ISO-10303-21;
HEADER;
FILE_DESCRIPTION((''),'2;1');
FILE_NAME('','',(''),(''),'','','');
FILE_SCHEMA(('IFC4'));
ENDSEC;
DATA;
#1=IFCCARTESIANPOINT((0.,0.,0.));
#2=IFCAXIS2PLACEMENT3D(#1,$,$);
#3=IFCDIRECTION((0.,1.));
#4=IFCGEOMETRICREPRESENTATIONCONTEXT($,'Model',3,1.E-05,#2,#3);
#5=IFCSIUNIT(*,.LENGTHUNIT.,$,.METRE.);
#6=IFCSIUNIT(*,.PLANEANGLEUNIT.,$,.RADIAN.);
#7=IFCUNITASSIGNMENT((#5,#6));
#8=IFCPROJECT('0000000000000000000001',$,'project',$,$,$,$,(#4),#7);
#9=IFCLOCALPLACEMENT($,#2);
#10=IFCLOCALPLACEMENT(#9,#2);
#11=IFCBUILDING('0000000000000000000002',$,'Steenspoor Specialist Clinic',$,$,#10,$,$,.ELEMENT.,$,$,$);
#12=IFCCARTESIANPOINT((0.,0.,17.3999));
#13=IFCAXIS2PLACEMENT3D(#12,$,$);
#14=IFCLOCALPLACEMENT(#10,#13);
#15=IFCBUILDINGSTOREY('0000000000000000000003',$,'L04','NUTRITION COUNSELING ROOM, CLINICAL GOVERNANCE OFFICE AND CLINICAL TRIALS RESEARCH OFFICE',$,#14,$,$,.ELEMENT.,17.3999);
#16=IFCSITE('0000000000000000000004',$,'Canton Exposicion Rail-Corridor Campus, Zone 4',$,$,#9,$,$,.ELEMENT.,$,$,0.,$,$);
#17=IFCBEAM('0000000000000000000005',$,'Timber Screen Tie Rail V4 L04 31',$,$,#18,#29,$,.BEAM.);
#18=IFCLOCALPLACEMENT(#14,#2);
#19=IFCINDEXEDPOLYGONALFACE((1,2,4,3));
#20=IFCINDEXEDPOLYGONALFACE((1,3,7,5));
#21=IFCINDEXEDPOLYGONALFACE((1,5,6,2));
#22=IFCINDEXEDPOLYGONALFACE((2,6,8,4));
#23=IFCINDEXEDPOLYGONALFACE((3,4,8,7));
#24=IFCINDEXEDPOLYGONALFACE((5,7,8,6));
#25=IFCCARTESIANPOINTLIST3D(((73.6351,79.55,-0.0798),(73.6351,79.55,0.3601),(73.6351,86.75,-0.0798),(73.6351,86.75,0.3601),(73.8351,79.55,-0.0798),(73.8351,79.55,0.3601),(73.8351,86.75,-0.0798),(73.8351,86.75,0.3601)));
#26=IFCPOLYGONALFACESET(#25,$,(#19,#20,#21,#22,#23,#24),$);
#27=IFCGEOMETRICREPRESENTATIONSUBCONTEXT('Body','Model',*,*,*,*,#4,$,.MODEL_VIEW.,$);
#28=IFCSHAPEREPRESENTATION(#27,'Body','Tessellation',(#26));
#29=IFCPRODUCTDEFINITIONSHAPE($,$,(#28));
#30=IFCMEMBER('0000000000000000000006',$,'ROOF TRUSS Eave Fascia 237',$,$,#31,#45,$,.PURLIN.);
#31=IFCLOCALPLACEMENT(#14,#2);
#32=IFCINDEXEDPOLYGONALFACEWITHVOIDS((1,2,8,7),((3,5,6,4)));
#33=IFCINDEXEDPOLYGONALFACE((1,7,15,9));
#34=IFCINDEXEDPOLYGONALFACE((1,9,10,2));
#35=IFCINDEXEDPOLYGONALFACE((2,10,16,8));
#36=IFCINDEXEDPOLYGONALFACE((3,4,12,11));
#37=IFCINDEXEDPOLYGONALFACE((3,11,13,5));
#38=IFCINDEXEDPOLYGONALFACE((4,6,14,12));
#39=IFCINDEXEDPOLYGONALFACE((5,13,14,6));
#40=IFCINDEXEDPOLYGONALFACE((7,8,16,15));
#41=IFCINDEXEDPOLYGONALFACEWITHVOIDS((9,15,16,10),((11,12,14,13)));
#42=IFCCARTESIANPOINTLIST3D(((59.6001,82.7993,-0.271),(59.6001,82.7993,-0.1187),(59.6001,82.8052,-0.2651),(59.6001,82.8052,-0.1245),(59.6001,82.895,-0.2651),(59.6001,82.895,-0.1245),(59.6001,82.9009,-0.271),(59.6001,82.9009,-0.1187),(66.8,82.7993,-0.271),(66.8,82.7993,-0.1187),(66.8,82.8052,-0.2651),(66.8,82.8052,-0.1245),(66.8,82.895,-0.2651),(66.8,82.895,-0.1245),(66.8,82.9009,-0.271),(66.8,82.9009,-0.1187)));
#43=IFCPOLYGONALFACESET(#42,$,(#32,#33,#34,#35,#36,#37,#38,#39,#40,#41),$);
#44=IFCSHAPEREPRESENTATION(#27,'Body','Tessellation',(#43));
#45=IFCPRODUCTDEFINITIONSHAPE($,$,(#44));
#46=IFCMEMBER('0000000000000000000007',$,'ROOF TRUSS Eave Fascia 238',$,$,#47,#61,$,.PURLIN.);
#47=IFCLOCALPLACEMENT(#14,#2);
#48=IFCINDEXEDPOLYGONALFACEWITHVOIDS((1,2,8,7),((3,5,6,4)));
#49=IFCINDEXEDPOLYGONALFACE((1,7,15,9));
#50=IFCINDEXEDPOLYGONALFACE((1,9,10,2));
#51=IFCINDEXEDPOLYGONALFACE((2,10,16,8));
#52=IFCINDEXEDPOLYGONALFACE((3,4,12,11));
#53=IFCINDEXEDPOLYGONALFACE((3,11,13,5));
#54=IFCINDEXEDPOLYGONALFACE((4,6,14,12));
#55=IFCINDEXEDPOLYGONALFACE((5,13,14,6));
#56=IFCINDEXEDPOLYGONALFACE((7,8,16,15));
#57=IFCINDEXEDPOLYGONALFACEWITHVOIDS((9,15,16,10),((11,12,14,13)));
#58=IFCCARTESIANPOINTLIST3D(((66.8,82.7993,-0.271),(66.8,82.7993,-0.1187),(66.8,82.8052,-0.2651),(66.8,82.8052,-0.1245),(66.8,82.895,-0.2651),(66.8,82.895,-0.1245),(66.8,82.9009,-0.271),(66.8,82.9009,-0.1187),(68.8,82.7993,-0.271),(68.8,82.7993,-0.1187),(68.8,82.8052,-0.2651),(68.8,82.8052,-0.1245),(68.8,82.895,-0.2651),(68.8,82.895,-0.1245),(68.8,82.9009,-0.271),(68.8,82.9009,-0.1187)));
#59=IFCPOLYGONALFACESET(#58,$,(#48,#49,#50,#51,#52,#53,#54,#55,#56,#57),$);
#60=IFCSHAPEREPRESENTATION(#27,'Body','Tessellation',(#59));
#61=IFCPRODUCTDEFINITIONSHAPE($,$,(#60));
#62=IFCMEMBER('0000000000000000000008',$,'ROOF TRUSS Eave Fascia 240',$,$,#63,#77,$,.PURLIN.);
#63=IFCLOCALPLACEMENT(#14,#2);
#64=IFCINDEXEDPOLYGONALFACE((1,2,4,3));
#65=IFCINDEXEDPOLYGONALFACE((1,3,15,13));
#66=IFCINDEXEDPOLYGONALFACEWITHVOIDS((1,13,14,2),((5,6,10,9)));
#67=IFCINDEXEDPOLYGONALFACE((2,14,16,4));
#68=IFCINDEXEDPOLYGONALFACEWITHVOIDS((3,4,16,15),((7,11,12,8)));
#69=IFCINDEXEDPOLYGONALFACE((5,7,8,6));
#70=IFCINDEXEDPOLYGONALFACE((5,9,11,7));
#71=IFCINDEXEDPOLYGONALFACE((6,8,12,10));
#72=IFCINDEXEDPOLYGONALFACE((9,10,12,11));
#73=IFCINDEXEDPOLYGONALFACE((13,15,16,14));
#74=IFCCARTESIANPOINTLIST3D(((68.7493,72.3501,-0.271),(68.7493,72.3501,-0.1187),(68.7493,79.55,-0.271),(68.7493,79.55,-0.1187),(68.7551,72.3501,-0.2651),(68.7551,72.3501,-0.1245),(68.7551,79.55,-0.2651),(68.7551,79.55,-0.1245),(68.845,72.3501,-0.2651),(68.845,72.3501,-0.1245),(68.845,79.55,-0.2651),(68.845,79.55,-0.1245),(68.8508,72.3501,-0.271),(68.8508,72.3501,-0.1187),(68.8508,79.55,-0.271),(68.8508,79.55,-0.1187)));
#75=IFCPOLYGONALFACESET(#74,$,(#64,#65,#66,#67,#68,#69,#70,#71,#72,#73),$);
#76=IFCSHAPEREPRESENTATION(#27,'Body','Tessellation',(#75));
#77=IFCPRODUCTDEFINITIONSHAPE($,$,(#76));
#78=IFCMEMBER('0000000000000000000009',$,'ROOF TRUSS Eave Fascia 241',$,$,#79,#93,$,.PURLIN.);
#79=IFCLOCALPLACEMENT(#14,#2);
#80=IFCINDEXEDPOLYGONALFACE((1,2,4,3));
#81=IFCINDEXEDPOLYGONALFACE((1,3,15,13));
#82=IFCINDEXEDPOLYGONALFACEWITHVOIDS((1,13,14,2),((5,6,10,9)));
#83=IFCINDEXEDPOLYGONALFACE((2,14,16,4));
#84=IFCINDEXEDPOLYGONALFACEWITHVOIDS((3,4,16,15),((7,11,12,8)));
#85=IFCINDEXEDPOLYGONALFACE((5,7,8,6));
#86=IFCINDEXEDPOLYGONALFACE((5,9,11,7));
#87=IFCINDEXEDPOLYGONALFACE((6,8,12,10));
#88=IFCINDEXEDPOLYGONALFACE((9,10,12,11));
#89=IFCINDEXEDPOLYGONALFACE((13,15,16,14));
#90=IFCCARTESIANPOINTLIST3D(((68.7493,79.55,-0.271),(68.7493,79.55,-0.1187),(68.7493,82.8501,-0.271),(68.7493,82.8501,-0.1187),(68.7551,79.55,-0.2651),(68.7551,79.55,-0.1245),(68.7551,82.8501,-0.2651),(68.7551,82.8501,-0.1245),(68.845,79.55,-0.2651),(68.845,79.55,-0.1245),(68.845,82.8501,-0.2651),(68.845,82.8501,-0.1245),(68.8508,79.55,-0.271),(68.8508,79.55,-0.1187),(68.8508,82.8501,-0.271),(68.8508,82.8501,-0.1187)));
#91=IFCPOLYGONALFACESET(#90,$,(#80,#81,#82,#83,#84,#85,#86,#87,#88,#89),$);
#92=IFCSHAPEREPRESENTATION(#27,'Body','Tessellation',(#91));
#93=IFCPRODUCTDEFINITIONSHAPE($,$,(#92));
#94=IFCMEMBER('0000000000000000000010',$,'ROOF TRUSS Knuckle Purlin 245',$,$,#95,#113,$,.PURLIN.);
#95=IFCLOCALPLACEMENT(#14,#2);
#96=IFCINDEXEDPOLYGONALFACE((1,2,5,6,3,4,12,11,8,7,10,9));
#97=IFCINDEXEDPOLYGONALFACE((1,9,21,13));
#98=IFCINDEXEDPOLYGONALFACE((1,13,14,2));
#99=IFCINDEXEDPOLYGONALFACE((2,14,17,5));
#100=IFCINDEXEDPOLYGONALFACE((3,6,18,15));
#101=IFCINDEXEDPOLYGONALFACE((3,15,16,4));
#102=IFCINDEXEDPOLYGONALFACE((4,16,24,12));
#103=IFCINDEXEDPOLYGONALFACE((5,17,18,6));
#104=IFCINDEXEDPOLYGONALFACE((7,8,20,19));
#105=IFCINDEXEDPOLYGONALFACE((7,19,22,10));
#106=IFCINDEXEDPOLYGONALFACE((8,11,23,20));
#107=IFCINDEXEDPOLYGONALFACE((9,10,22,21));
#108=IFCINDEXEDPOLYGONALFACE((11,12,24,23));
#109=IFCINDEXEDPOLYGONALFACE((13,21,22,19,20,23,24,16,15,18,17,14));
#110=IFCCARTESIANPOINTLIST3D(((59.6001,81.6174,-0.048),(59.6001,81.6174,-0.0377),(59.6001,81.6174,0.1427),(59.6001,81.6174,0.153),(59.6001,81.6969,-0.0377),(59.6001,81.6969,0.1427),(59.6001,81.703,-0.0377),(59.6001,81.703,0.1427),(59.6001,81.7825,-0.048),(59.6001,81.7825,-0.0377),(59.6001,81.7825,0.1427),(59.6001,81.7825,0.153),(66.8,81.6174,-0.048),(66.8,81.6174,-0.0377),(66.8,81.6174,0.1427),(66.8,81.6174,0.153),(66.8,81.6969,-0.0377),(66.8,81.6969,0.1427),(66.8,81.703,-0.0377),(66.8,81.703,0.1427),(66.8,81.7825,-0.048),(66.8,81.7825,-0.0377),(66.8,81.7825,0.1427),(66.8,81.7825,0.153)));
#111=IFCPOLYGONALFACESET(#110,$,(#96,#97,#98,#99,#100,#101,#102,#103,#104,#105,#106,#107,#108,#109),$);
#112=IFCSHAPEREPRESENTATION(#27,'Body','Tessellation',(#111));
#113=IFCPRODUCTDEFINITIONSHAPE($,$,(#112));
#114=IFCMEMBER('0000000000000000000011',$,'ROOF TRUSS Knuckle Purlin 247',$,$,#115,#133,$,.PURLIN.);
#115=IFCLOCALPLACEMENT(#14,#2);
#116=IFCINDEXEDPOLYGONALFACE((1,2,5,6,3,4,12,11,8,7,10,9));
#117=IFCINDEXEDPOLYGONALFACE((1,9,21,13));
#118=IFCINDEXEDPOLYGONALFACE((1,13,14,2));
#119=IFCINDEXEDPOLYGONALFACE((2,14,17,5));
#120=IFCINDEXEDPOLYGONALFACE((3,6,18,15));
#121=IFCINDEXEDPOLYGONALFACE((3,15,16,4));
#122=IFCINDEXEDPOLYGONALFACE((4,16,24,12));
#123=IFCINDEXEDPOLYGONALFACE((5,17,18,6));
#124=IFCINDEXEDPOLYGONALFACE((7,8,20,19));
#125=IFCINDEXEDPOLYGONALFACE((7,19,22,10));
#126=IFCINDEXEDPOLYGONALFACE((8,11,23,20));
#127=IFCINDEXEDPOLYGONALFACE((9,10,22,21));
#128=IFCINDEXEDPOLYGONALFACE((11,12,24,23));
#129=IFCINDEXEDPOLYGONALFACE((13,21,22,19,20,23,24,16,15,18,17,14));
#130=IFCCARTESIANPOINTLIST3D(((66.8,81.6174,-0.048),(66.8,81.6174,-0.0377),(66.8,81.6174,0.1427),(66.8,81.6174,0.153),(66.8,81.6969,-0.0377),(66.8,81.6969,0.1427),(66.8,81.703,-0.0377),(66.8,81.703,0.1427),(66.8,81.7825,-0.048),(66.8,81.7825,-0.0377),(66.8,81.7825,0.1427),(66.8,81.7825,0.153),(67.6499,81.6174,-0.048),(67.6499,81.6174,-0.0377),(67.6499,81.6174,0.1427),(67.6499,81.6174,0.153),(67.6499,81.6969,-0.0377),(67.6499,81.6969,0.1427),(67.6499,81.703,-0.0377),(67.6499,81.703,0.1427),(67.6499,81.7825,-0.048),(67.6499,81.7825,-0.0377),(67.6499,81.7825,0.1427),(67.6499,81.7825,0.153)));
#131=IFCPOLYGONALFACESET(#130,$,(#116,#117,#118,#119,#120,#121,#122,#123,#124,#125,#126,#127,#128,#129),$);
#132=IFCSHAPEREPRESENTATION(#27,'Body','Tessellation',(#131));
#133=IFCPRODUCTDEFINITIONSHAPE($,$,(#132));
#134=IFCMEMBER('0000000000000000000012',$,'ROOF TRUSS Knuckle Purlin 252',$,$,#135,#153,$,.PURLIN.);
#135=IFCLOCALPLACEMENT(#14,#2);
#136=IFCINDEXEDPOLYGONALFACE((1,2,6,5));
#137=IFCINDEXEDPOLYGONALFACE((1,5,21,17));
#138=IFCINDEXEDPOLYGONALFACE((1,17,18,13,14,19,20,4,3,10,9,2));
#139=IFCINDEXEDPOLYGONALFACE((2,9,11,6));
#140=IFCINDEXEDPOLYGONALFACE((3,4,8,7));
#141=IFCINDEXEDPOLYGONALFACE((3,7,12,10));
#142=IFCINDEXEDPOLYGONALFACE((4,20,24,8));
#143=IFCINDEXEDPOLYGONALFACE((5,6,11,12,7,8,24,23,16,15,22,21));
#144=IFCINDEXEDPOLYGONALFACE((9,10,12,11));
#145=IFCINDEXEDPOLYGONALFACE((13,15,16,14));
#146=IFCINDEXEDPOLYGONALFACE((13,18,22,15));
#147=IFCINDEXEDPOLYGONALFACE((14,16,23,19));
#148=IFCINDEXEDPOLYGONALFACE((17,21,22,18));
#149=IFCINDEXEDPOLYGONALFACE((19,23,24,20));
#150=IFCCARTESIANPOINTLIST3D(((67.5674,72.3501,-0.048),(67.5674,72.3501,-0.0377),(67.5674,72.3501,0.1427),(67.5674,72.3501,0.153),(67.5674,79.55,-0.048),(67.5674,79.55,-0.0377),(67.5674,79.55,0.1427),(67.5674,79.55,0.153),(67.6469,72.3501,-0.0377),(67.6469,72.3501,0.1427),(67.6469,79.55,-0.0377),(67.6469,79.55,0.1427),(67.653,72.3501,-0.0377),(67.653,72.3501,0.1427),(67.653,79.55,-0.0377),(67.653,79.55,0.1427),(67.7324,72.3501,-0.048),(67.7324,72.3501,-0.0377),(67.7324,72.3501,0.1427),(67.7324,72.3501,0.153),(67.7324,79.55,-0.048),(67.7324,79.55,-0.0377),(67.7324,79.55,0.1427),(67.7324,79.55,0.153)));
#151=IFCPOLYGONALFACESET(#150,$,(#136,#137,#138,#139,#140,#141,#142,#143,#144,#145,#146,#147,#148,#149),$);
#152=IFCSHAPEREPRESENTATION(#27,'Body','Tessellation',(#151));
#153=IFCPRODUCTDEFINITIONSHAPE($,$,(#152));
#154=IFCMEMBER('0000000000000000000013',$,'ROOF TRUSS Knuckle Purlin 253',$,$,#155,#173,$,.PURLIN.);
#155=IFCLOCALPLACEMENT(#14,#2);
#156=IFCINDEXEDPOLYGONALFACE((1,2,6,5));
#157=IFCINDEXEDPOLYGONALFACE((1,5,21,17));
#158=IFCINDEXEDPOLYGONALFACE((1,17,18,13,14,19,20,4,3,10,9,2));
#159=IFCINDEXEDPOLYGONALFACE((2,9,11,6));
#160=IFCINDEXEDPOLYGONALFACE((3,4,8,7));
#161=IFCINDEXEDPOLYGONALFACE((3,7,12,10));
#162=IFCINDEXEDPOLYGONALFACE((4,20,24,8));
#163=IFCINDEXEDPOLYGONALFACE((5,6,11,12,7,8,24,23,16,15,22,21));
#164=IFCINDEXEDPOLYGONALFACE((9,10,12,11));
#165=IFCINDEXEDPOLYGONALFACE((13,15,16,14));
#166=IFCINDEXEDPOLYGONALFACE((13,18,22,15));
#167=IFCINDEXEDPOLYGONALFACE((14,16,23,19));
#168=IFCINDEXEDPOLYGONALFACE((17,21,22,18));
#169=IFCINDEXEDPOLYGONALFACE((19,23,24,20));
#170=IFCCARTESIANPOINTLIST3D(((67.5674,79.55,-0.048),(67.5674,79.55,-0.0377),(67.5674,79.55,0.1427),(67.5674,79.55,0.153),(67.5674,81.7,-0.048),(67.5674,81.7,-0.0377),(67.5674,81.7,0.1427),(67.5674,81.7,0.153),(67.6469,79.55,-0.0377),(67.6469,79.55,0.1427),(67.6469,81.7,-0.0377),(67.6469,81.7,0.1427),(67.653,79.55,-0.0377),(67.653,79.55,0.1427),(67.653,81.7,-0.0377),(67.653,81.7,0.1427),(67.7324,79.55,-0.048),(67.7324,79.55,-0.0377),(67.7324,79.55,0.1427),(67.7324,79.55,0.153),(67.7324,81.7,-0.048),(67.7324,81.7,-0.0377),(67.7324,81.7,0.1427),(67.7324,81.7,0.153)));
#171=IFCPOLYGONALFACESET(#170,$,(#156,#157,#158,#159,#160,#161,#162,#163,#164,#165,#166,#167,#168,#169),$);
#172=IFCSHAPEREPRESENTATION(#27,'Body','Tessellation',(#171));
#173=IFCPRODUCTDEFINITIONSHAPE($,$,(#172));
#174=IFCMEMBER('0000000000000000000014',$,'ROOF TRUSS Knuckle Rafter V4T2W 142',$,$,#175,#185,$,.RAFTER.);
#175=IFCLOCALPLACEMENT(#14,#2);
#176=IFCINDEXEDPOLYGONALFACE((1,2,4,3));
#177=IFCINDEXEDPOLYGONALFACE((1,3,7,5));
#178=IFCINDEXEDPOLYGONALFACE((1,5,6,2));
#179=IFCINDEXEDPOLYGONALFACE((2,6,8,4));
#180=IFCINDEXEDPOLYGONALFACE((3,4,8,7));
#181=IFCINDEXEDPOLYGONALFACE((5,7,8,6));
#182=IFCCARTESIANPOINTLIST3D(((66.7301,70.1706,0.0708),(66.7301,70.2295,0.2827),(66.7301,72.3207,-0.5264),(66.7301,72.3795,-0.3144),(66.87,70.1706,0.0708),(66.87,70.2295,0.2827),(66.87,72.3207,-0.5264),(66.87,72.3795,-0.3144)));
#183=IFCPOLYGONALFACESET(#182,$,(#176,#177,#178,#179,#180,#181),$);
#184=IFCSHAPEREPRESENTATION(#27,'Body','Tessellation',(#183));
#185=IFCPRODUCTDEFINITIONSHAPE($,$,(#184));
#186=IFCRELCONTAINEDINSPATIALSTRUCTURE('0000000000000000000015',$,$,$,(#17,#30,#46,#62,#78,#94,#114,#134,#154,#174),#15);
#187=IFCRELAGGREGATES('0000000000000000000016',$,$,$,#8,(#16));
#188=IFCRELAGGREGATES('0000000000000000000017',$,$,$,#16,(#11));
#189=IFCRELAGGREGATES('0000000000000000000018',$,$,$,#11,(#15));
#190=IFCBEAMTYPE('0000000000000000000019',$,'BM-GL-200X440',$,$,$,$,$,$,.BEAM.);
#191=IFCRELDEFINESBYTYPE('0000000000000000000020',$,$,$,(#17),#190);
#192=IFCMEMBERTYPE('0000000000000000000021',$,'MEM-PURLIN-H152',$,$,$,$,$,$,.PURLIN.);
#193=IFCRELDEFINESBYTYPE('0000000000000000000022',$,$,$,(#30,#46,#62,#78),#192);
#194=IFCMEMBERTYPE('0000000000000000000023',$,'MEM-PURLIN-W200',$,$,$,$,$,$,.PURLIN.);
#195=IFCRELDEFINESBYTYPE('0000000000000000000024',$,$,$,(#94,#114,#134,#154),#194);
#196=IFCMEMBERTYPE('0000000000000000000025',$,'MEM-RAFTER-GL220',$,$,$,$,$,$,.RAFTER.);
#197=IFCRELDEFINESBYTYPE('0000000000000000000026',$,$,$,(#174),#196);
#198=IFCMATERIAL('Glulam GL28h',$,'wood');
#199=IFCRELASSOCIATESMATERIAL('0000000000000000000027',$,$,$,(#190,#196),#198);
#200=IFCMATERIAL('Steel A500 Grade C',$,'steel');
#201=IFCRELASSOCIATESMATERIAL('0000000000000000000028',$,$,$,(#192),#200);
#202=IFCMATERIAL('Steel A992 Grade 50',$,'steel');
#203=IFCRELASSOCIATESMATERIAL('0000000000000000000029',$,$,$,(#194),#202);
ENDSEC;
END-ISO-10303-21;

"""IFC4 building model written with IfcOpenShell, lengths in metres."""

from ifc_helpers import new_model, si_unit, direction, frame, origin, origin_2d, place, context, subcontext, project, spatial, rectangle, hollow_rectangle, i_section, extrude, material, material_profile, profile_set, type_object, element, save


model = new_model("IFC4")

# Units and contexts
model_context = context("Model", 3, precision=1e-05, world=origin(), true_north=direction((0.0, 1.0)))
body_context = subcontext(model_context, "Body", "Model", "MODEL_VIEW")
ifc_project = project(units=[si_unit("LENGTHUNIT", "METRE"), si_unit("PLANEANGLEUNIT", "RADIAN")], contexts=[model_context])

# Site, building, storey
site_placement = place(None, origin())
site = spatial("IfcSite", under=ifc_project, at=site_placement, Name="Canton Exposicion Rail-Corridor Campus, Zone 4", CompositionType="ELEMENT", RefElevation=0.0)
building_placement = place(site_placement, origin())
building = spatial("IfcBuilding", under=site, at=building_placement, Name="Steenspoor Specialist Clinic", CompositionType="ELEMENT")
storey_placement = place(building_placement, frame((0.0, 0.0, 17.3999)))
storey = spatial("IfcBuildingStorey", under=building, at=storey_placement, Name="L04", Description="NUTRITION COUNSELING ROOM, CLINICAL GOVERNANCE OFFICE AND CLINICAL TRIALS RESEARCH OFFICE", CompositionType="ELEMENT", Elevation=17.3999)

# Beam
ifc_material_1 = material(Name="Glulam GL28h", Category="wood")
ifc_material_profile_1 = material_profile(ifc_material_1, rectangle(XDim=0.2, YDim=0.4399, at=origin_2d()), Name="GL28H-200X440")
ifc_profile_set_1 = profile_set([ifc_material_profile_1], Name="Glulam GL28h")
beam_type = type_object("IfcBeamType", Name="BM-GL-200X440", PredefinedType="BEAM", material=ifc_profile_set_1)
beam_placement = place(storey_placement, frame((73.7351, 79.55, 0.1401), z_axis=(0.0, 1.0, 0.0), x_axis=(-1.0, 0.0, 0.0)))
element("IfcBeam", 1, at=beam_placement, inside=storey, type_object=beam_type, Name="Timber Screen Tie Rail V4 L04 31", PredefinedType="BEAM", context=body_context, shape_type="SweptSolid", body=[
    extrude(rectangle(XDim=0.2, YDim=0.4399, at=origin_2d()), origin(), (0.0, 0.0, 1.0), 7.2),
])

# Members
ifc_material_2 = material(Name="Steel A500 Grade C", Category="steel")
ifc_material_profile_2 = material_profile(ifc_material_2, hollow_rectangle(XDim=0.1016, YDim=0.1523, WallThickness=0.0059, at=origin_2d()), Name="HSS152X102X6.4")
ifc_profile_set_2 = profile_set([ifc_material_profile_2], Name="Steel A500 Grade C")
member_type_1 = type_object("IfcMemberType", Name="MEM-PURLIN-H152", PredefinedType="PURLIN", material=ifc_profile_set_2)
member_1_placement = place(storey_placement, frame((59.6001, 82.8501, -0.1948), z_axis=(1.0, 0.0, 0.0), x_axis=(0.0, 1.0, 0.0)))
element("IfcMember", 2, at=member_1_placement, inside=storey, type_object=member_type_1, Name="ROOF TRUSS Eave Fascia 237", PredefinedType="PURLIN", context=body_context, shape_type="SweptSolid", body=[
    extrude(hollow_rectangle(XDim=0.1016, YDim=0.1523, WallThickness=0.0059, at=origin_2d()), origin(), (0.0, 0.0, 1.0), 7.2),
])
member_2_placement = place(storey_placement, frame((66.8, 82.8501, -0.1948), z_axis=(1.0, 0.0, 0.0), x_axis=(0.0, 1.0, 0.0)))
element("IfcMember", 3, at=member_2_placement, inside=storey, type_object=member_type_1, Name="ROOF TRUSS Eave Fascia 238", PredefinedType="PURLIN", context=body_context, shape_type="SweptSolid", body=[
    extrude(hollow_rectangle(XDim=0.1016, YDim=0.1523, WallThickness=0.0059, at=origin_2d()), origin(), (0.0, 0.0, 1.0), 2.0),
])
member_3_placement = place(storey_placement, frame((68.8, 72.3501, -0.1948), z_axis=(0.0, 1.0, 0.0), x_axis=(-1.0, 0.0, 0.0)))
element("IfcMember", 4, at=member_3_placement, inside=storey, type_object=member_type_1, Name="ROOF TRUSS Eave Fascia 240", PredefinedType="PURLIN", context=body_context, shape_type="SweptSolid", body=[
    extrude(hollow_rectangle(XDim=0.1016, YDim=0.1523, WallThickness=0.0059, at=origin_2d()), origin(), (0.0, 0.0, 1.0), 7.2),
])
member_4_placement = place(storey_placement, frame((68.8, 79.55, -0.1948), z_axis=(0.0, 1.0, 0.0), x_axis=(-1.0, 0.0, 0.0)))
element("IfcMember", 5, at=member_4_placement, inside=storey, type_object=member_type_1, Name="ROOF TRUSS Eave Fascia 241", PredefinedType="PURLIN", context=body_context, shape_type="SweptSolid", body=[
    extrude(hollow_rectangle(XDim=0.1016, YDim=0.1523, WallThickness=0.0059, at=origin_2d()), origin(), (0.0, 0.0, 1.0), 3.3),
])
ifc_material_3 = material(Name="Steel A992 Grade 50", Category="steel")
ifc_material_profile_3 = material_profile(ifc_material_3, i_section(OverallWidth=0.165, OverallDepth=0.2009, WebThickness=0.0061, FlangeThickness=0.0103, at=origin_2d()), Name="W200X36")
ifc_profile_set_3 = profile_set([ifc_material_profile_3], Name="Steel A992 Grade 50")
member_type_2 = type_object("IfcMemberType", Name="MEM-PURLIN-W200", PredefinedType="PURLIN", material=ifc_profile_set_3)
member_5_placement = place(storey_placement, frame((59.6001, 81.7, 0.0525), z_axis=(1.0, 0.0, 0.0), x_axis=(0.0, 1.0, 0.0)))
element("IfcMember", 6, at=member_5_placement, inside=storey, type_object=member_type_2, Name="ROOF TRUSS Knuckle Purlin 245", PredefinedType="PURLIN", context=body_context, shape_type="SweptSolid", body=[
    extrude(i_section(OverallWidth=0.165, OverallDepth=0.2009, WebThickness=0.0061, FlangeThickness=0.0103, at=origin_2d()), origin(), (0.0, 0.0, 1.0), 7.2),
])
member_6_placement = place(storey_placement, frame((66.8, 81.7, 0.0525), z_axis=(1.0, 0.0, 0.0), x_axis=(0.0, 1.0, 0.0)))
element("IfcMember", 7, at=member_6_placement, inside=storey, type_object=member_type_2, Name="ROOF TRUSS Knuckle Purlin 247", PredefinedType="PURLIN", context=body_context, shape_type="SweptSolid", body=[
    extrude(i_section(OverallWidth=0.165, OverallDepth=0.2009, WebThickness=0.0061, FlangeThickness=0.0103, at=origin_2d()), origin(), (0.0, 0.0, 1.0), 0.8499),
])
member_7_placement = place(storey_placement, frame((67.6499, 72.3501, 0.0525), z_axis=(0.0, 1.0, 0.0), x_axis=(-1.0, 0.0, 0.0)))
element("IfcMember", 8, at=member_7_placement, inside=storey, type_object=member_type_2, Name="ROOF TRUSS Knuckle Purlin 252", PredefinedType="PURLIN", context=body_context, shape_type="SweptSolid", body=[
    extrude(i_section(OverallWidth=0.165, OverallDepth=0.2009, WebThickness=0.0061, FlangeThickness=0.0103, at=origin_2d()), origin(), (0.0, 0.0, 1.0), 7.2),
])
member_8_placement = place(storey_placement, frame((67.6499, 79.55, 0.0525), z_axis=(0.0, 1.0, 0.0), x_axis=(-1.0, 0.0, 0.0)))
element("IfcMember", 9, at=member_8_placement, inside=storey, type_object=member_type_2, Name="ROOF TRUSS Knuckle Purlin 253", PredefinedType="PURLIN", context=body_context, shape_type="SweptSolid", body=[
    extrude(i_section(OverallWidth=0.165, OverallDepth=0.2009, WebThickness=0.0061, FlangeThickness=0.0103, at=origin_2d()), origin(), (0.0, 0.0, 1.0), 2.1499),
])
ifc_material_profile_4 = material_profile(ifc_material_1, rectangle(XDim=0.1399, YDim=0.22, at=origin_2d()), Name="GL28H-140X220")
ifc_profile_set_4 = profile_set([ifc_material_profile_4], Name="Glulam GL28h")
member_type_3 = type_object("IfcMemberType", Name="MEM-RAFTER-GL220", PredefinedType="RAFTER", material=ifc_profile_set_4)
member_9_placement = place(storey_placement, frame((66.8, 72.3501, -0.4204), z_axis=(0.0, -0.963529, 0.267604), x_axis=(1.0, 0.0, 0.0)))
element("IfcMember", 10, at=member_9_placement, inside=storey, type_object=member_type_3, Name="ROOF TRUSS Knuckle Rafter V4T2W 142", PredefinedType="RAFTER", context=body_context, shape_type="SweptSolid", body=[
    extrude(rectangle(XDim=0.1399, YDim=0.22, at=origin_2d()), origin(), (0.0, 0.0, 1.0), 2.2314),
])

save(model, "model.ifc")
